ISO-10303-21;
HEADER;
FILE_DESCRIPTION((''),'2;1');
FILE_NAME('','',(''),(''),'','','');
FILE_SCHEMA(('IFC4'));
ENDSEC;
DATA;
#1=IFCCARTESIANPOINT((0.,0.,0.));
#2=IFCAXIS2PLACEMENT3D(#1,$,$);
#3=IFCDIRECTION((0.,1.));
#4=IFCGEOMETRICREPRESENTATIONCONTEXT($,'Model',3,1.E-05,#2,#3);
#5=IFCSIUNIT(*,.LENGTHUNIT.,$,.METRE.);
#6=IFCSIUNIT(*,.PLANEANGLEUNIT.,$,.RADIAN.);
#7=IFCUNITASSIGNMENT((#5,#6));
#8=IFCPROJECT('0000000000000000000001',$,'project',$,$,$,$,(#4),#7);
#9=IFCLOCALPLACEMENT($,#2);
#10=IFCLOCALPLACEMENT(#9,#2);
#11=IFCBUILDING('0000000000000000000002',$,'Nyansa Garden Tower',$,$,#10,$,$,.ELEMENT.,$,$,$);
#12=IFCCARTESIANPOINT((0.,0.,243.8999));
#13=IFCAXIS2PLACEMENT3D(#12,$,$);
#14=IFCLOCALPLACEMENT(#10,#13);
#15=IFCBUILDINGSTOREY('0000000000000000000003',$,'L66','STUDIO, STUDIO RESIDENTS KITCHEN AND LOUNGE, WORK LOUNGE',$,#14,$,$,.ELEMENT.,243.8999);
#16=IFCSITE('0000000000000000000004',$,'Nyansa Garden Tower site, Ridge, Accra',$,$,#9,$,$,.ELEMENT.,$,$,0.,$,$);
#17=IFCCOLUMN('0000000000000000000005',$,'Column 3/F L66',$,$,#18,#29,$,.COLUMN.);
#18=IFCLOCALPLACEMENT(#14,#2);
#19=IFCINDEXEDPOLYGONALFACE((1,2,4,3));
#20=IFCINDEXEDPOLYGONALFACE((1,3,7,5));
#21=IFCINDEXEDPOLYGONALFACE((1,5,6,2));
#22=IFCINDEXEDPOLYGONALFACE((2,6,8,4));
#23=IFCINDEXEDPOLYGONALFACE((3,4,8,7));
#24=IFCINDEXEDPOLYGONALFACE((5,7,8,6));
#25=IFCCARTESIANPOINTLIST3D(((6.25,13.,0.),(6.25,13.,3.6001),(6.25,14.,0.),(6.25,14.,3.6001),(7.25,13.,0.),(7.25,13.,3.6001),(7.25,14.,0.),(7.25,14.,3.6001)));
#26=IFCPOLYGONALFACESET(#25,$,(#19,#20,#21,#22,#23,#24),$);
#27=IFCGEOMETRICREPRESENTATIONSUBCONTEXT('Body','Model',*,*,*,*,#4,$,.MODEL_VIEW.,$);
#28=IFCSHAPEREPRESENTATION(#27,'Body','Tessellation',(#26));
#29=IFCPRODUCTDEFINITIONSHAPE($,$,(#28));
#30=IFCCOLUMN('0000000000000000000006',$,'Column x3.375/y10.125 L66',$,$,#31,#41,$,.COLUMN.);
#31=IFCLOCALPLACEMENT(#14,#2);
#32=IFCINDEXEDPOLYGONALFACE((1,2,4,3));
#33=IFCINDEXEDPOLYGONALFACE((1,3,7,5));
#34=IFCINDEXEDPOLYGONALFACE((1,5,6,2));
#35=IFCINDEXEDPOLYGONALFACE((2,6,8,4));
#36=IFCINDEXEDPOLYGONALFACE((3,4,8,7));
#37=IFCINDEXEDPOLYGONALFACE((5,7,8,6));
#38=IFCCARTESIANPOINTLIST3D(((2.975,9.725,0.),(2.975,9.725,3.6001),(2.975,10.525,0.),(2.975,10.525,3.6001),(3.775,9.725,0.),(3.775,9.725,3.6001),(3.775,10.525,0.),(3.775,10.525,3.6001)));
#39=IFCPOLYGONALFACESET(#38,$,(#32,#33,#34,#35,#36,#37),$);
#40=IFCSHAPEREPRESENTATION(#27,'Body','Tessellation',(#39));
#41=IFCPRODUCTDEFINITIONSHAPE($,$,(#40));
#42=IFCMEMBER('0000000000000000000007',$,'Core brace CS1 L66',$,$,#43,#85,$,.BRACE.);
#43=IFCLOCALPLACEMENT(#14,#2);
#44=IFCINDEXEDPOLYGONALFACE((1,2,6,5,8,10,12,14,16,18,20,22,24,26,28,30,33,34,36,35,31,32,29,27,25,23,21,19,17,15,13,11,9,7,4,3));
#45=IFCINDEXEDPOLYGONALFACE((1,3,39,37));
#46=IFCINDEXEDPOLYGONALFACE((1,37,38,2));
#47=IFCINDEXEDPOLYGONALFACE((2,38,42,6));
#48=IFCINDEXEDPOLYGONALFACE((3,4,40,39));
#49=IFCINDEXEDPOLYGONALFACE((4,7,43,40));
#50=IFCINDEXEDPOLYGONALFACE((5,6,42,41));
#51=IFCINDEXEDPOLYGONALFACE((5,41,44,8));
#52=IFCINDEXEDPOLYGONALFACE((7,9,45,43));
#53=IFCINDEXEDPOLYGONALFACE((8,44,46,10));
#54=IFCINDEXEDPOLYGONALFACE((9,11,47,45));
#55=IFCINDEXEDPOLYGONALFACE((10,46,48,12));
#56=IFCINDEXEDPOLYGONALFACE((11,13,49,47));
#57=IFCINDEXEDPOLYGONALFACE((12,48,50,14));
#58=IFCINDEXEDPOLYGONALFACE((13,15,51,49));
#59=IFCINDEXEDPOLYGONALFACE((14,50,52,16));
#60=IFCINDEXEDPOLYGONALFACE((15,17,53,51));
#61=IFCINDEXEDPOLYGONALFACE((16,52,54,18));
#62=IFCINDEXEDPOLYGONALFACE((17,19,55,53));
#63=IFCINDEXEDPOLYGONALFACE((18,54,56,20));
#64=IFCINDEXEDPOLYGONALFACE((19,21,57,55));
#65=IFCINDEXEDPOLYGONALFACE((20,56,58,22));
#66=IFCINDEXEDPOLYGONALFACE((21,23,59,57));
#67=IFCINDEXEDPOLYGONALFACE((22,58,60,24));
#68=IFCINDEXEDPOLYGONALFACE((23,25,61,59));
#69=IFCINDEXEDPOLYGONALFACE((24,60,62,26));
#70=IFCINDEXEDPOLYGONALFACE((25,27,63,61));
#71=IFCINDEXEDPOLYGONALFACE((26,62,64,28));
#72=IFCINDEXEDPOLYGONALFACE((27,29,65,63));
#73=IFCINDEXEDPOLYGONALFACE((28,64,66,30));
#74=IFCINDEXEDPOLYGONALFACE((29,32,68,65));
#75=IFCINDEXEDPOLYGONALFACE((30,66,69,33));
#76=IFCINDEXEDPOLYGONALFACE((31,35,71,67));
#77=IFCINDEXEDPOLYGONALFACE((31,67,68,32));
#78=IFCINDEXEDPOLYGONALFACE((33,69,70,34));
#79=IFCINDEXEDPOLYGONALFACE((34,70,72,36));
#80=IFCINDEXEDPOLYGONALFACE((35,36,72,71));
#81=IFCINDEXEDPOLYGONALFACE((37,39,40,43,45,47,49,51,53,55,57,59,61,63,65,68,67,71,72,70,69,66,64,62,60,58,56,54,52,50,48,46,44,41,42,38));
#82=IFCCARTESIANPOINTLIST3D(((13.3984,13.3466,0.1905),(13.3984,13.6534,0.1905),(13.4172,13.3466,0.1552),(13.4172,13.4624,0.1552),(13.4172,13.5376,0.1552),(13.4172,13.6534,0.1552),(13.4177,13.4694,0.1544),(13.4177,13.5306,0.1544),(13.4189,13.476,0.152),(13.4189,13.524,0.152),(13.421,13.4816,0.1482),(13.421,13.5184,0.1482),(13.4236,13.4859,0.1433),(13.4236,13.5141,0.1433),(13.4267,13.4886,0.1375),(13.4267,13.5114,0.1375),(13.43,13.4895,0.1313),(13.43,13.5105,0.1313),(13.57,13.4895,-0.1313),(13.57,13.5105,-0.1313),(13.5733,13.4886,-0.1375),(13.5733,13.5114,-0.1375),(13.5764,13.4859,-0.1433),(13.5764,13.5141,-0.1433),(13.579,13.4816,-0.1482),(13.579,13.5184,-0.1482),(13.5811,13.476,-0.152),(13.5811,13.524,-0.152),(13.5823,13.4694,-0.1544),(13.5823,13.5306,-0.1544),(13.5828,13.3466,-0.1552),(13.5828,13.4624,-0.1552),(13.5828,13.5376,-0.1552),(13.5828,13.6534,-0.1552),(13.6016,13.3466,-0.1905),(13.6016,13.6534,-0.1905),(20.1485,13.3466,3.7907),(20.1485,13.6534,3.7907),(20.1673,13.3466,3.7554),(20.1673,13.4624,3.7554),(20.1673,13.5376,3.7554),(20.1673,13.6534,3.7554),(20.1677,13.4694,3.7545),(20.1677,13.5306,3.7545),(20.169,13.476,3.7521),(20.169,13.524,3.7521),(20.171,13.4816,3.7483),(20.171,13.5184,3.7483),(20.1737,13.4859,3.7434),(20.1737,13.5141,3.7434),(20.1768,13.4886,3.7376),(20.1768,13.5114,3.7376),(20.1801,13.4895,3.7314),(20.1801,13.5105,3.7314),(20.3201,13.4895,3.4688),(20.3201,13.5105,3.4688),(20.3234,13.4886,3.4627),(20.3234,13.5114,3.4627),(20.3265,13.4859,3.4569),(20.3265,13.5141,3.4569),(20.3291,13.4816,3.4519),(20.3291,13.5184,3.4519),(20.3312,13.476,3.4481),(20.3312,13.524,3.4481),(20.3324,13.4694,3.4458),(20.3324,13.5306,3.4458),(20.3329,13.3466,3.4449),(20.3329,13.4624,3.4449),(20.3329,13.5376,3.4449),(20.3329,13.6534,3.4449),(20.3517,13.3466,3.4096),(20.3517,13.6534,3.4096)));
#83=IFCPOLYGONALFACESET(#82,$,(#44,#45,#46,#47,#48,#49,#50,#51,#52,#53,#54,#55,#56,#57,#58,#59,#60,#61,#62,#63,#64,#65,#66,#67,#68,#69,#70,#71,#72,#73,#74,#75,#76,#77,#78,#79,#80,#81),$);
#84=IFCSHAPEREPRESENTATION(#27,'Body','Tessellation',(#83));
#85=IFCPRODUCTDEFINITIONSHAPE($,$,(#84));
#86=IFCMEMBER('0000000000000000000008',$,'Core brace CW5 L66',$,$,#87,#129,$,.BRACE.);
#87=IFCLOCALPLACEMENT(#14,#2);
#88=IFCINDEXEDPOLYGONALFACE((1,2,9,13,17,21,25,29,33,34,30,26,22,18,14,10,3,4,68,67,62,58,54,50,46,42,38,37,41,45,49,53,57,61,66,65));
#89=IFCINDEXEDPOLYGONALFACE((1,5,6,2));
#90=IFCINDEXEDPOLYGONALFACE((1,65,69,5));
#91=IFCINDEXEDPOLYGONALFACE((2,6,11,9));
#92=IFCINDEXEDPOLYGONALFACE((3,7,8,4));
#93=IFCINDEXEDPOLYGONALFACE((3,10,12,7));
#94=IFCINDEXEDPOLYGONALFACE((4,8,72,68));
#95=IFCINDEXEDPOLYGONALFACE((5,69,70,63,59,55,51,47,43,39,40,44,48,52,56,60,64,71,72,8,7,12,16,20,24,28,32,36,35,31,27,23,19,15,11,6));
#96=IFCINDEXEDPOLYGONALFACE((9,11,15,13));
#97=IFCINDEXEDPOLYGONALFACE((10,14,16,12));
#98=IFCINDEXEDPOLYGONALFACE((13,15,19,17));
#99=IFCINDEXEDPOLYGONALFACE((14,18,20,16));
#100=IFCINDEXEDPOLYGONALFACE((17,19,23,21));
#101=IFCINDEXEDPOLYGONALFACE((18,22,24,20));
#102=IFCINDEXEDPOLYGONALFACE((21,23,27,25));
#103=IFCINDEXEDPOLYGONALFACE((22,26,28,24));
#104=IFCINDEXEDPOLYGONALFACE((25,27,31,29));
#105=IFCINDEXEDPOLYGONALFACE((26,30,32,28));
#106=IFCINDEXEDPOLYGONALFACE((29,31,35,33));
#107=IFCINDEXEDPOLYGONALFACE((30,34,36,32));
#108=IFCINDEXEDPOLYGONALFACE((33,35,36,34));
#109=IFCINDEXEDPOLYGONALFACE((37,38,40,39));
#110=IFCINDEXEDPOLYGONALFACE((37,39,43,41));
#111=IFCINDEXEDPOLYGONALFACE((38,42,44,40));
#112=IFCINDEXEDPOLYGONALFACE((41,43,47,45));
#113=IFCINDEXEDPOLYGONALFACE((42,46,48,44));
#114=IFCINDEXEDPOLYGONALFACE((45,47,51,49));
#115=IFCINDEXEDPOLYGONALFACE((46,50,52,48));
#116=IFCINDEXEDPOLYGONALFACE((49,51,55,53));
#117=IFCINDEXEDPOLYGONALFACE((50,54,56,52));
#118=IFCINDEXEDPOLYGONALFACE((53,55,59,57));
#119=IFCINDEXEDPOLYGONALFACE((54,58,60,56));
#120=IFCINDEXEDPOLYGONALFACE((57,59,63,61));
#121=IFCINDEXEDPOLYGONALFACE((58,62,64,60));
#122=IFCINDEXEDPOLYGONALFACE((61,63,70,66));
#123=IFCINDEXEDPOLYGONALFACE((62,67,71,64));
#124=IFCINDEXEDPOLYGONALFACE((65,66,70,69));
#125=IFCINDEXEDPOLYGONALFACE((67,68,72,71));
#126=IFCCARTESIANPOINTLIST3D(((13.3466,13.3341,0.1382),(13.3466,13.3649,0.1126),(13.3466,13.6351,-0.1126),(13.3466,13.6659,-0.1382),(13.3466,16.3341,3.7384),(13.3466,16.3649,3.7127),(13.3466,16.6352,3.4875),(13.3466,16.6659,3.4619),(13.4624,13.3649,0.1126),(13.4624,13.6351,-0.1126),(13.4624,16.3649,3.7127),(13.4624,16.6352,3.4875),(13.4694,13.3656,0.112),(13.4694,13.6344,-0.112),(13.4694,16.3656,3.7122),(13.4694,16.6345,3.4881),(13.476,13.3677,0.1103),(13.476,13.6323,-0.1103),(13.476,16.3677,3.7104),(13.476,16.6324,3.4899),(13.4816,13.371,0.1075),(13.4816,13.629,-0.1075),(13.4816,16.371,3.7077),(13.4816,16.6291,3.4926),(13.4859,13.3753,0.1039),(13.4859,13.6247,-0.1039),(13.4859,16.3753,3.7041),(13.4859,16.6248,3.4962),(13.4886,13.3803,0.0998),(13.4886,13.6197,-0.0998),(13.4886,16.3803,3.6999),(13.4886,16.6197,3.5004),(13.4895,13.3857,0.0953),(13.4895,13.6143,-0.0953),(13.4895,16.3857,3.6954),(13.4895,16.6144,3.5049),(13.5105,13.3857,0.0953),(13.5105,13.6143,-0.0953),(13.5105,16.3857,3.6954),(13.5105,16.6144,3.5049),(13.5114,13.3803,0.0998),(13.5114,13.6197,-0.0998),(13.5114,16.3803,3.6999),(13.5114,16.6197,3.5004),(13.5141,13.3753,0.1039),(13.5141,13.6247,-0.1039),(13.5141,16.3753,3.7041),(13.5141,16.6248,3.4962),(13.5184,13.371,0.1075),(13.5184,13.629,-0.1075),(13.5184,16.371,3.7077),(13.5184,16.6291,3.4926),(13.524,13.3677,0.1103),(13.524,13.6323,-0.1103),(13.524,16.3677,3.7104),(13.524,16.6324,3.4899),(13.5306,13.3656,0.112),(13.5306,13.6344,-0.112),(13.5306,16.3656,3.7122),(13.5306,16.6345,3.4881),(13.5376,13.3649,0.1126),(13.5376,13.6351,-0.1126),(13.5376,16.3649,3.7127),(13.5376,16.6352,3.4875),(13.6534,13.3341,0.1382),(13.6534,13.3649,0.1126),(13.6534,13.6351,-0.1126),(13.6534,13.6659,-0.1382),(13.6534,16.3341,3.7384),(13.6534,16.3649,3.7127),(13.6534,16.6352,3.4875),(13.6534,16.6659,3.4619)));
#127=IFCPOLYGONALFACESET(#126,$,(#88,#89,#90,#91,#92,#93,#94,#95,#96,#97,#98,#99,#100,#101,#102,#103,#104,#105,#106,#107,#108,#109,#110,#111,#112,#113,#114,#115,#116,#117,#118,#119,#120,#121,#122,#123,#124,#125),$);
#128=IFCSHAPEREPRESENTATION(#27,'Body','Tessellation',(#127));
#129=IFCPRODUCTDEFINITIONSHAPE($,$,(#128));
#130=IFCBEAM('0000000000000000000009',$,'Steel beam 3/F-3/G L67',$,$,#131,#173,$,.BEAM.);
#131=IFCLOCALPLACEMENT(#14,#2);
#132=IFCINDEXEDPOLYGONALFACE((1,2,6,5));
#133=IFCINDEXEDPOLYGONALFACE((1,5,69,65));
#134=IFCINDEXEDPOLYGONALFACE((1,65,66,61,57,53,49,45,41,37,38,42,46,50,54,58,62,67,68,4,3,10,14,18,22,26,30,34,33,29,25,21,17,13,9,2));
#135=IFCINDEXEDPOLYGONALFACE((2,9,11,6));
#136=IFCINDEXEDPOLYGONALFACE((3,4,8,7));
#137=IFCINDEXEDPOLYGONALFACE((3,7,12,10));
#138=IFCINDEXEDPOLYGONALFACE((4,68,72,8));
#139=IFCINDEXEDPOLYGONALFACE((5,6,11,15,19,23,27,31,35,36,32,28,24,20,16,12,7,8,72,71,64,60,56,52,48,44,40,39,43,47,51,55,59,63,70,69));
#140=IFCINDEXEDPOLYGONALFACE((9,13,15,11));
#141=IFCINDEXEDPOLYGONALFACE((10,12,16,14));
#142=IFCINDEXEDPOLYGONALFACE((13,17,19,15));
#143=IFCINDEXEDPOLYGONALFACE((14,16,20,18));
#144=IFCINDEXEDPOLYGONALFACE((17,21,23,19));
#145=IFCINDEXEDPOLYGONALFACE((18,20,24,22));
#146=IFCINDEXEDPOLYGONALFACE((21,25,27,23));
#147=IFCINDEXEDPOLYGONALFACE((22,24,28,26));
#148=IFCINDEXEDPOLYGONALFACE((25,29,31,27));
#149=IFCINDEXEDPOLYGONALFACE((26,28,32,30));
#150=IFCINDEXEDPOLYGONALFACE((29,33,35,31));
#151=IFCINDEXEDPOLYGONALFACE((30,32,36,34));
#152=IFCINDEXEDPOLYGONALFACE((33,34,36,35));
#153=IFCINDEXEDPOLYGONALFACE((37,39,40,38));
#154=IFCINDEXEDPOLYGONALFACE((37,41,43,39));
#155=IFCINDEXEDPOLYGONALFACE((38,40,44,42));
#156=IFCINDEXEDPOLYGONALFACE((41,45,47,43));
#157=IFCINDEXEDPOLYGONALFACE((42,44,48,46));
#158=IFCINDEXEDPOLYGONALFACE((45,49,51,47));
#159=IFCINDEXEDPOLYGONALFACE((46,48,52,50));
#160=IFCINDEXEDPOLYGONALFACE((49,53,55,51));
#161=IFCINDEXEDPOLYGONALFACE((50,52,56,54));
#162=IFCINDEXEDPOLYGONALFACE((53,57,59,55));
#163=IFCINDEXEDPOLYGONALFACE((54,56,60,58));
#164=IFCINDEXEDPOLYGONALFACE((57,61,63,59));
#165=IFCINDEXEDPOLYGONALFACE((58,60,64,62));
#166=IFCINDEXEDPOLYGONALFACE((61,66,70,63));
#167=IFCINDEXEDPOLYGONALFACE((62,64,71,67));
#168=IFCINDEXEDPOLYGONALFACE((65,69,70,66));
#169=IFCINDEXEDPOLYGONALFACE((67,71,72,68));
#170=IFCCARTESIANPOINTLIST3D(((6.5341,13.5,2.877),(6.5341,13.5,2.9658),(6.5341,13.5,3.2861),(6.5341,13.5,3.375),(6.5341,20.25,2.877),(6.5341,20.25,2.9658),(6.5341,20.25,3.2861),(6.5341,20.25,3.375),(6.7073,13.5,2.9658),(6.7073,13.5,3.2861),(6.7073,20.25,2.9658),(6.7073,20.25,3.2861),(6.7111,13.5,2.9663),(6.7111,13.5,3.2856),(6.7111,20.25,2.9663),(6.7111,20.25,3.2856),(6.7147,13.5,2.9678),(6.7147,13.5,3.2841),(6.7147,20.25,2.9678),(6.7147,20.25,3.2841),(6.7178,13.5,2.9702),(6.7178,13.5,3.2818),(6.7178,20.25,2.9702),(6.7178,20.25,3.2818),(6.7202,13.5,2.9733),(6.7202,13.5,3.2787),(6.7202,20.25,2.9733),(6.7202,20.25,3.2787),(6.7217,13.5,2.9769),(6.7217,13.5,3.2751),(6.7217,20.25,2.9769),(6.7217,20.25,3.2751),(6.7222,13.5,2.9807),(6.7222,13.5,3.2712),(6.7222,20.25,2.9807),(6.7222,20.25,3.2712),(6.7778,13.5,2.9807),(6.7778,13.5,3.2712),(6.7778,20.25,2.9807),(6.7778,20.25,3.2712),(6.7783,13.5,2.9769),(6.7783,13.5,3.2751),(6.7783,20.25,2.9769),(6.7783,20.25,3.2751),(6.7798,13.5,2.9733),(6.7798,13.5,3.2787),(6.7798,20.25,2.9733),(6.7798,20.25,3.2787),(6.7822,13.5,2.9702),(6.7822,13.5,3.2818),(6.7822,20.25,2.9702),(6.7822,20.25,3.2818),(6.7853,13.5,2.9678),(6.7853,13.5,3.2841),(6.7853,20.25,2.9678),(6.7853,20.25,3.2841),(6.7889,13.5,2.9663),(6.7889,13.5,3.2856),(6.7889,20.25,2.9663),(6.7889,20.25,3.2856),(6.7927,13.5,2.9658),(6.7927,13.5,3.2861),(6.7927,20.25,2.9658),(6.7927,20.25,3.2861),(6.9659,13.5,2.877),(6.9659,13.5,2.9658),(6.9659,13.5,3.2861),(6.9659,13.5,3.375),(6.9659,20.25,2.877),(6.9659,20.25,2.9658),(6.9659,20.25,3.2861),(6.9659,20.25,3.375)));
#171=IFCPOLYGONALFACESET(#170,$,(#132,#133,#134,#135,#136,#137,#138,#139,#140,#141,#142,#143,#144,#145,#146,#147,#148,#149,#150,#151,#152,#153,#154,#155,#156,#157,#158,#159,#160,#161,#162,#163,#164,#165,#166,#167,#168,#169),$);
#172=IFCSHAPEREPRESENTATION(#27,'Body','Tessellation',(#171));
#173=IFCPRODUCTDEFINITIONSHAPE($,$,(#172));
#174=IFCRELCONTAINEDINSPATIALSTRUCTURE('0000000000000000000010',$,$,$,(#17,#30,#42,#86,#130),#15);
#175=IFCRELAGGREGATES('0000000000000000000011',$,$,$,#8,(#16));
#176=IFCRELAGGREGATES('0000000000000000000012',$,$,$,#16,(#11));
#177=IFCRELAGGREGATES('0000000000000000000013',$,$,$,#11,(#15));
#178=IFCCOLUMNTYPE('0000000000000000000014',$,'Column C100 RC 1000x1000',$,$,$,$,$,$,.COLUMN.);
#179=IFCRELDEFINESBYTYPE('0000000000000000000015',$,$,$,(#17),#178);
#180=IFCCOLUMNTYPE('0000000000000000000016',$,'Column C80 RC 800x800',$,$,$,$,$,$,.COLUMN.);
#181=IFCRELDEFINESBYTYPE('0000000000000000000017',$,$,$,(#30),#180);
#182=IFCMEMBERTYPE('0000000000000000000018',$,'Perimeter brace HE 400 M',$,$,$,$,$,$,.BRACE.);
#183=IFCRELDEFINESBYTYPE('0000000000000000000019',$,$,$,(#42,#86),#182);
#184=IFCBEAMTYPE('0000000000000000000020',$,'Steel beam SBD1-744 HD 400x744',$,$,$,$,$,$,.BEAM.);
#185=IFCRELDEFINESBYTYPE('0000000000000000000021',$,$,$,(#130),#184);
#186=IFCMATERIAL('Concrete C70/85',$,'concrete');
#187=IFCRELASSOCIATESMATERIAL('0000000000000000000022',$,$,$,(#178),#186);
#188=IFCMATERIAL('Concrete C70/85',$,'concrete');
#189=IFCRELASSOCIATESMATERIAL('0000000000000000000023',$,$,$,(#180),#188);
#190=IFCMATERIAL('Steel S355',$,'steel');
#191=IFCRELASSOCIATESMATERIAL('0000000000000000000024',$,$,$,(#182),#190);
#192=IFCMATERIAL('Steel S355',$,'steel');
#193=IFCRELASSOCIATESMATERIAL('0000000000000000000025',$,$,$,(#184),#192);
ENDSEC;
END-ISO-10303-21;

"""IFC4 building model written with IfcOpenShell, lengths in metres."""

from ifc_helpers import new_model, si_unit, direction, frame, origin, origin_2d, place, context, subcontext, project, spatial, rectangle, i_section, extrude, material, material_profile, profile_set, type_object, element, save


model = new_model("IFC4")

# Units and contexts
model_context = context("Model", 3, precision=1e-05, world=origin(), true_north=direction((0.0, 1.0)))
body_context = subcontext(model_context, "Body", "Model", "MODEL_VIEW")
ifc_project = project(units=[si_unit("LENGTHUNIT", "METRE"), si_unit("PLANEANGLEUNIT", "RADIAN")], contexts=[model_context])

# Site, building, storey
site_placement = place(None, origin())
site = spatial("IfcSite", under=ifc_project, at=site_placement, Name="Nyansa Garden Tower site, Ridge, Accra", CompositionType="ELEMENT", RefElevation=0.0)
building_placement = place(site_placement, origin())
building = spatial("IfcBuilding", under=site, at=building_placement, Name="Nyansa Garden Tower", CompositionType="ELEMENT")
storey_placement = place(building_placement, frame((0.0, 0.0, 243.8999)))
storey = spatial("IfcBuildingStorey", under=building, at=storey_placement, Name="L66", Description="STUDIO, STUDIO RESIDENTS KITCHEN AND LOUNGE, WORK LOUNGE", CompositionType="ELEMENT", Elevation=243.8999)

# Columns
ifc_material_1 = material(Name="Concrete C70/85", Category="concrete")
ifc_material_profile_1 = material_profile(ifc_material_1, rectangle(XDim=1.0, YDim=1.0, at=origin_2d()), Name="RC 1000x1000")
ifc_profile_set_1 = profile_set([ifc_material_profile_1], Name="Concrete C70/85")
column_type_1 = type_object("IfcColumnType", Name="Column C100 RC 1000x1000", PredefinedType="COLUMN", material=ifc_profile_set_1)
column_1_placement = place(storey_placement, frame((6.75, 13.5, 0.0), z_axis=(0.0, 0.0, 1.0), x_axis=(1.0, 0.0, 0.0)))
element("IfcColumn", 1, at=column_1_placement, inside=storey, type_object=column_type_1, Name="Column 3/F L66", PredefinedType="COLUMN", context=body_context, shape_type="SweptSolid", body=[
    extrude(rectangle(XDim=1.0, YDim=1.0, at=origin_2d()), origin(), (0.0, 0.0, 1.0), 3.6001),
])
ifc_material_2 = material(Name="Concrete C70/85", Category="concrete")
ifc_material_profile_2 = material_profile(ifc_material_2, rectangle(XDim=0.8, YDim=0.8, at=origin_2d()), Name="RC 800x800")
ifc_profile_set_2 = profile_set([ifc_material_profile_2], Name="Concrete C70/85")
column_type_2 = type_object("IfcColumnType", Name="Column C80 RC 800x800", PredefinedType="COLUMN", material=ifc_profile_set_2)
column_2_placement = place(storey_placement, frame((3.375, 10.125, 0.0), z_axis=(0.0, 0.0, 1.0), x_axis=(1.0, 0.0, 0.0)))
element("IfcColumn", 2, at=column_2_placement, inside=storey, type_object=column_type_2, Name="Column x3.375/y10.125 L66", PredefinedType="COLUMN", context=body_context, shape_type="SweptSolid", body=[
    extrude(rectangle(XDim=0.8, YDim=0.8, at=origin_2d()), origin(), (0.0, 0.0, 1.0), 3.6001),
])

# Members
ifc_material_3 = material(Name="Steel S355", Category="steel")
ifc_material_profile_3 = material_profile(ifc_material_3, i_section(OverallWidth=0.3069, OverallDepth=0.4319, WebThickness=0.021, FlangeThickness=0.04, FilletRadius=0.0271, at=origin_2d()), Name="HE 400 M")
ifc_profile_set_3 = profile_set([ifc_material_profile_3], Name="Steel S355")
member_type = type_object("IfcMemberType", Name="Perimeter brace HE 400 M", PredefinedType="BRACE", material=ifc_profile_set_3)
member_1_placement = place(storey_placement, frame((13.5, 13.5, 0.0), z_axis=(0.882348, 0.0, 0.470598), x_axis=(0.0, 1.0, 0.0)))
element("IfcMember", 3, at=member_1_placement, inside=storey, type_object=member_type, Name="Core brace CS1 L66", PredefinedType="BRACE", context=body_context, shape_type="SweptSolid", body=[
    extrude(i_section(OverallWidth=0.3069, OverallDepth=0.4319, WebThickness=0.021, FlangeThickness=0.04, FilletRadius=0.0271, at=origin_2d()), origin(), (0.0, 0.0, 1.0), 7.6501),
])
member_2_placement = place(storey_placement, frame((13.5, 13.5, 0.0), z_axis=(0.0, 0.640174, 0.76823), x_axis=(-1.0, 0.0, 0.0)))
element("IfcMember", 4, at=member_2_placement, inside=storey, type_object=member_type, Name="Core brace CW5 L66", PredefinedType="BRACE", context=body_context, shape_type="SweptSolid", body=[
    extrude(i_section(OverallWidth=0.3069, OverallDepth=0.4319, WebThickness=0.021, FlangeThickness=0.04, FilletRadius=0.0271, at=origin_2d()), origin(), (0.0, 0.0, 1.0), 4.6863),
])

# Beam
ifc_material_4 = material(Name="Steel S355", Category="steel")
ifc_material_profile_4 = material_profile(ifc_material_4, i_section(OverallWidth=0.4319, OverallDepth=0.498, WebThickness=0.0557, FlangeThickness=0.0889, FilletRadius=0.0149, at=origin_2d()), Name="HD 400x744")
ifc_profile_set_4 = profile_set([ifc_material_profile_4], Name="Steel S355")
beam_type_1 = type_object("IfcBeamType", Name="Steel beam SBD1-744 HD 400x744", PredefinedType="BEAM", material=ifc_profile_set_4)
beam_1_placement = place(storey_placement, frame((6.75, 13.5, 3.126), z_axis=(0.0, 1.0, 0.0), x_axis=(-1.0, 0.0, 0.0)))
element("IfcBeam", 5, at=beam_1_placement, inside=storey, type_object=beam_type_1, Name="Steel beam 3/F-3/G L67", PredefinedType="BEAM", context=body_context, shape_type="SweptSolid", body=[
    extrude(i_section(OverallWidth=0.4319, OverallDepth=0.498, WebThickness=0.0557, FlangeThickness=0.0889, FilletRadius=0.0149, at=origin_2d()), origin(), (0.0, 0.0, 1.0), 6.75),
])

save(model, "model.ifc")
